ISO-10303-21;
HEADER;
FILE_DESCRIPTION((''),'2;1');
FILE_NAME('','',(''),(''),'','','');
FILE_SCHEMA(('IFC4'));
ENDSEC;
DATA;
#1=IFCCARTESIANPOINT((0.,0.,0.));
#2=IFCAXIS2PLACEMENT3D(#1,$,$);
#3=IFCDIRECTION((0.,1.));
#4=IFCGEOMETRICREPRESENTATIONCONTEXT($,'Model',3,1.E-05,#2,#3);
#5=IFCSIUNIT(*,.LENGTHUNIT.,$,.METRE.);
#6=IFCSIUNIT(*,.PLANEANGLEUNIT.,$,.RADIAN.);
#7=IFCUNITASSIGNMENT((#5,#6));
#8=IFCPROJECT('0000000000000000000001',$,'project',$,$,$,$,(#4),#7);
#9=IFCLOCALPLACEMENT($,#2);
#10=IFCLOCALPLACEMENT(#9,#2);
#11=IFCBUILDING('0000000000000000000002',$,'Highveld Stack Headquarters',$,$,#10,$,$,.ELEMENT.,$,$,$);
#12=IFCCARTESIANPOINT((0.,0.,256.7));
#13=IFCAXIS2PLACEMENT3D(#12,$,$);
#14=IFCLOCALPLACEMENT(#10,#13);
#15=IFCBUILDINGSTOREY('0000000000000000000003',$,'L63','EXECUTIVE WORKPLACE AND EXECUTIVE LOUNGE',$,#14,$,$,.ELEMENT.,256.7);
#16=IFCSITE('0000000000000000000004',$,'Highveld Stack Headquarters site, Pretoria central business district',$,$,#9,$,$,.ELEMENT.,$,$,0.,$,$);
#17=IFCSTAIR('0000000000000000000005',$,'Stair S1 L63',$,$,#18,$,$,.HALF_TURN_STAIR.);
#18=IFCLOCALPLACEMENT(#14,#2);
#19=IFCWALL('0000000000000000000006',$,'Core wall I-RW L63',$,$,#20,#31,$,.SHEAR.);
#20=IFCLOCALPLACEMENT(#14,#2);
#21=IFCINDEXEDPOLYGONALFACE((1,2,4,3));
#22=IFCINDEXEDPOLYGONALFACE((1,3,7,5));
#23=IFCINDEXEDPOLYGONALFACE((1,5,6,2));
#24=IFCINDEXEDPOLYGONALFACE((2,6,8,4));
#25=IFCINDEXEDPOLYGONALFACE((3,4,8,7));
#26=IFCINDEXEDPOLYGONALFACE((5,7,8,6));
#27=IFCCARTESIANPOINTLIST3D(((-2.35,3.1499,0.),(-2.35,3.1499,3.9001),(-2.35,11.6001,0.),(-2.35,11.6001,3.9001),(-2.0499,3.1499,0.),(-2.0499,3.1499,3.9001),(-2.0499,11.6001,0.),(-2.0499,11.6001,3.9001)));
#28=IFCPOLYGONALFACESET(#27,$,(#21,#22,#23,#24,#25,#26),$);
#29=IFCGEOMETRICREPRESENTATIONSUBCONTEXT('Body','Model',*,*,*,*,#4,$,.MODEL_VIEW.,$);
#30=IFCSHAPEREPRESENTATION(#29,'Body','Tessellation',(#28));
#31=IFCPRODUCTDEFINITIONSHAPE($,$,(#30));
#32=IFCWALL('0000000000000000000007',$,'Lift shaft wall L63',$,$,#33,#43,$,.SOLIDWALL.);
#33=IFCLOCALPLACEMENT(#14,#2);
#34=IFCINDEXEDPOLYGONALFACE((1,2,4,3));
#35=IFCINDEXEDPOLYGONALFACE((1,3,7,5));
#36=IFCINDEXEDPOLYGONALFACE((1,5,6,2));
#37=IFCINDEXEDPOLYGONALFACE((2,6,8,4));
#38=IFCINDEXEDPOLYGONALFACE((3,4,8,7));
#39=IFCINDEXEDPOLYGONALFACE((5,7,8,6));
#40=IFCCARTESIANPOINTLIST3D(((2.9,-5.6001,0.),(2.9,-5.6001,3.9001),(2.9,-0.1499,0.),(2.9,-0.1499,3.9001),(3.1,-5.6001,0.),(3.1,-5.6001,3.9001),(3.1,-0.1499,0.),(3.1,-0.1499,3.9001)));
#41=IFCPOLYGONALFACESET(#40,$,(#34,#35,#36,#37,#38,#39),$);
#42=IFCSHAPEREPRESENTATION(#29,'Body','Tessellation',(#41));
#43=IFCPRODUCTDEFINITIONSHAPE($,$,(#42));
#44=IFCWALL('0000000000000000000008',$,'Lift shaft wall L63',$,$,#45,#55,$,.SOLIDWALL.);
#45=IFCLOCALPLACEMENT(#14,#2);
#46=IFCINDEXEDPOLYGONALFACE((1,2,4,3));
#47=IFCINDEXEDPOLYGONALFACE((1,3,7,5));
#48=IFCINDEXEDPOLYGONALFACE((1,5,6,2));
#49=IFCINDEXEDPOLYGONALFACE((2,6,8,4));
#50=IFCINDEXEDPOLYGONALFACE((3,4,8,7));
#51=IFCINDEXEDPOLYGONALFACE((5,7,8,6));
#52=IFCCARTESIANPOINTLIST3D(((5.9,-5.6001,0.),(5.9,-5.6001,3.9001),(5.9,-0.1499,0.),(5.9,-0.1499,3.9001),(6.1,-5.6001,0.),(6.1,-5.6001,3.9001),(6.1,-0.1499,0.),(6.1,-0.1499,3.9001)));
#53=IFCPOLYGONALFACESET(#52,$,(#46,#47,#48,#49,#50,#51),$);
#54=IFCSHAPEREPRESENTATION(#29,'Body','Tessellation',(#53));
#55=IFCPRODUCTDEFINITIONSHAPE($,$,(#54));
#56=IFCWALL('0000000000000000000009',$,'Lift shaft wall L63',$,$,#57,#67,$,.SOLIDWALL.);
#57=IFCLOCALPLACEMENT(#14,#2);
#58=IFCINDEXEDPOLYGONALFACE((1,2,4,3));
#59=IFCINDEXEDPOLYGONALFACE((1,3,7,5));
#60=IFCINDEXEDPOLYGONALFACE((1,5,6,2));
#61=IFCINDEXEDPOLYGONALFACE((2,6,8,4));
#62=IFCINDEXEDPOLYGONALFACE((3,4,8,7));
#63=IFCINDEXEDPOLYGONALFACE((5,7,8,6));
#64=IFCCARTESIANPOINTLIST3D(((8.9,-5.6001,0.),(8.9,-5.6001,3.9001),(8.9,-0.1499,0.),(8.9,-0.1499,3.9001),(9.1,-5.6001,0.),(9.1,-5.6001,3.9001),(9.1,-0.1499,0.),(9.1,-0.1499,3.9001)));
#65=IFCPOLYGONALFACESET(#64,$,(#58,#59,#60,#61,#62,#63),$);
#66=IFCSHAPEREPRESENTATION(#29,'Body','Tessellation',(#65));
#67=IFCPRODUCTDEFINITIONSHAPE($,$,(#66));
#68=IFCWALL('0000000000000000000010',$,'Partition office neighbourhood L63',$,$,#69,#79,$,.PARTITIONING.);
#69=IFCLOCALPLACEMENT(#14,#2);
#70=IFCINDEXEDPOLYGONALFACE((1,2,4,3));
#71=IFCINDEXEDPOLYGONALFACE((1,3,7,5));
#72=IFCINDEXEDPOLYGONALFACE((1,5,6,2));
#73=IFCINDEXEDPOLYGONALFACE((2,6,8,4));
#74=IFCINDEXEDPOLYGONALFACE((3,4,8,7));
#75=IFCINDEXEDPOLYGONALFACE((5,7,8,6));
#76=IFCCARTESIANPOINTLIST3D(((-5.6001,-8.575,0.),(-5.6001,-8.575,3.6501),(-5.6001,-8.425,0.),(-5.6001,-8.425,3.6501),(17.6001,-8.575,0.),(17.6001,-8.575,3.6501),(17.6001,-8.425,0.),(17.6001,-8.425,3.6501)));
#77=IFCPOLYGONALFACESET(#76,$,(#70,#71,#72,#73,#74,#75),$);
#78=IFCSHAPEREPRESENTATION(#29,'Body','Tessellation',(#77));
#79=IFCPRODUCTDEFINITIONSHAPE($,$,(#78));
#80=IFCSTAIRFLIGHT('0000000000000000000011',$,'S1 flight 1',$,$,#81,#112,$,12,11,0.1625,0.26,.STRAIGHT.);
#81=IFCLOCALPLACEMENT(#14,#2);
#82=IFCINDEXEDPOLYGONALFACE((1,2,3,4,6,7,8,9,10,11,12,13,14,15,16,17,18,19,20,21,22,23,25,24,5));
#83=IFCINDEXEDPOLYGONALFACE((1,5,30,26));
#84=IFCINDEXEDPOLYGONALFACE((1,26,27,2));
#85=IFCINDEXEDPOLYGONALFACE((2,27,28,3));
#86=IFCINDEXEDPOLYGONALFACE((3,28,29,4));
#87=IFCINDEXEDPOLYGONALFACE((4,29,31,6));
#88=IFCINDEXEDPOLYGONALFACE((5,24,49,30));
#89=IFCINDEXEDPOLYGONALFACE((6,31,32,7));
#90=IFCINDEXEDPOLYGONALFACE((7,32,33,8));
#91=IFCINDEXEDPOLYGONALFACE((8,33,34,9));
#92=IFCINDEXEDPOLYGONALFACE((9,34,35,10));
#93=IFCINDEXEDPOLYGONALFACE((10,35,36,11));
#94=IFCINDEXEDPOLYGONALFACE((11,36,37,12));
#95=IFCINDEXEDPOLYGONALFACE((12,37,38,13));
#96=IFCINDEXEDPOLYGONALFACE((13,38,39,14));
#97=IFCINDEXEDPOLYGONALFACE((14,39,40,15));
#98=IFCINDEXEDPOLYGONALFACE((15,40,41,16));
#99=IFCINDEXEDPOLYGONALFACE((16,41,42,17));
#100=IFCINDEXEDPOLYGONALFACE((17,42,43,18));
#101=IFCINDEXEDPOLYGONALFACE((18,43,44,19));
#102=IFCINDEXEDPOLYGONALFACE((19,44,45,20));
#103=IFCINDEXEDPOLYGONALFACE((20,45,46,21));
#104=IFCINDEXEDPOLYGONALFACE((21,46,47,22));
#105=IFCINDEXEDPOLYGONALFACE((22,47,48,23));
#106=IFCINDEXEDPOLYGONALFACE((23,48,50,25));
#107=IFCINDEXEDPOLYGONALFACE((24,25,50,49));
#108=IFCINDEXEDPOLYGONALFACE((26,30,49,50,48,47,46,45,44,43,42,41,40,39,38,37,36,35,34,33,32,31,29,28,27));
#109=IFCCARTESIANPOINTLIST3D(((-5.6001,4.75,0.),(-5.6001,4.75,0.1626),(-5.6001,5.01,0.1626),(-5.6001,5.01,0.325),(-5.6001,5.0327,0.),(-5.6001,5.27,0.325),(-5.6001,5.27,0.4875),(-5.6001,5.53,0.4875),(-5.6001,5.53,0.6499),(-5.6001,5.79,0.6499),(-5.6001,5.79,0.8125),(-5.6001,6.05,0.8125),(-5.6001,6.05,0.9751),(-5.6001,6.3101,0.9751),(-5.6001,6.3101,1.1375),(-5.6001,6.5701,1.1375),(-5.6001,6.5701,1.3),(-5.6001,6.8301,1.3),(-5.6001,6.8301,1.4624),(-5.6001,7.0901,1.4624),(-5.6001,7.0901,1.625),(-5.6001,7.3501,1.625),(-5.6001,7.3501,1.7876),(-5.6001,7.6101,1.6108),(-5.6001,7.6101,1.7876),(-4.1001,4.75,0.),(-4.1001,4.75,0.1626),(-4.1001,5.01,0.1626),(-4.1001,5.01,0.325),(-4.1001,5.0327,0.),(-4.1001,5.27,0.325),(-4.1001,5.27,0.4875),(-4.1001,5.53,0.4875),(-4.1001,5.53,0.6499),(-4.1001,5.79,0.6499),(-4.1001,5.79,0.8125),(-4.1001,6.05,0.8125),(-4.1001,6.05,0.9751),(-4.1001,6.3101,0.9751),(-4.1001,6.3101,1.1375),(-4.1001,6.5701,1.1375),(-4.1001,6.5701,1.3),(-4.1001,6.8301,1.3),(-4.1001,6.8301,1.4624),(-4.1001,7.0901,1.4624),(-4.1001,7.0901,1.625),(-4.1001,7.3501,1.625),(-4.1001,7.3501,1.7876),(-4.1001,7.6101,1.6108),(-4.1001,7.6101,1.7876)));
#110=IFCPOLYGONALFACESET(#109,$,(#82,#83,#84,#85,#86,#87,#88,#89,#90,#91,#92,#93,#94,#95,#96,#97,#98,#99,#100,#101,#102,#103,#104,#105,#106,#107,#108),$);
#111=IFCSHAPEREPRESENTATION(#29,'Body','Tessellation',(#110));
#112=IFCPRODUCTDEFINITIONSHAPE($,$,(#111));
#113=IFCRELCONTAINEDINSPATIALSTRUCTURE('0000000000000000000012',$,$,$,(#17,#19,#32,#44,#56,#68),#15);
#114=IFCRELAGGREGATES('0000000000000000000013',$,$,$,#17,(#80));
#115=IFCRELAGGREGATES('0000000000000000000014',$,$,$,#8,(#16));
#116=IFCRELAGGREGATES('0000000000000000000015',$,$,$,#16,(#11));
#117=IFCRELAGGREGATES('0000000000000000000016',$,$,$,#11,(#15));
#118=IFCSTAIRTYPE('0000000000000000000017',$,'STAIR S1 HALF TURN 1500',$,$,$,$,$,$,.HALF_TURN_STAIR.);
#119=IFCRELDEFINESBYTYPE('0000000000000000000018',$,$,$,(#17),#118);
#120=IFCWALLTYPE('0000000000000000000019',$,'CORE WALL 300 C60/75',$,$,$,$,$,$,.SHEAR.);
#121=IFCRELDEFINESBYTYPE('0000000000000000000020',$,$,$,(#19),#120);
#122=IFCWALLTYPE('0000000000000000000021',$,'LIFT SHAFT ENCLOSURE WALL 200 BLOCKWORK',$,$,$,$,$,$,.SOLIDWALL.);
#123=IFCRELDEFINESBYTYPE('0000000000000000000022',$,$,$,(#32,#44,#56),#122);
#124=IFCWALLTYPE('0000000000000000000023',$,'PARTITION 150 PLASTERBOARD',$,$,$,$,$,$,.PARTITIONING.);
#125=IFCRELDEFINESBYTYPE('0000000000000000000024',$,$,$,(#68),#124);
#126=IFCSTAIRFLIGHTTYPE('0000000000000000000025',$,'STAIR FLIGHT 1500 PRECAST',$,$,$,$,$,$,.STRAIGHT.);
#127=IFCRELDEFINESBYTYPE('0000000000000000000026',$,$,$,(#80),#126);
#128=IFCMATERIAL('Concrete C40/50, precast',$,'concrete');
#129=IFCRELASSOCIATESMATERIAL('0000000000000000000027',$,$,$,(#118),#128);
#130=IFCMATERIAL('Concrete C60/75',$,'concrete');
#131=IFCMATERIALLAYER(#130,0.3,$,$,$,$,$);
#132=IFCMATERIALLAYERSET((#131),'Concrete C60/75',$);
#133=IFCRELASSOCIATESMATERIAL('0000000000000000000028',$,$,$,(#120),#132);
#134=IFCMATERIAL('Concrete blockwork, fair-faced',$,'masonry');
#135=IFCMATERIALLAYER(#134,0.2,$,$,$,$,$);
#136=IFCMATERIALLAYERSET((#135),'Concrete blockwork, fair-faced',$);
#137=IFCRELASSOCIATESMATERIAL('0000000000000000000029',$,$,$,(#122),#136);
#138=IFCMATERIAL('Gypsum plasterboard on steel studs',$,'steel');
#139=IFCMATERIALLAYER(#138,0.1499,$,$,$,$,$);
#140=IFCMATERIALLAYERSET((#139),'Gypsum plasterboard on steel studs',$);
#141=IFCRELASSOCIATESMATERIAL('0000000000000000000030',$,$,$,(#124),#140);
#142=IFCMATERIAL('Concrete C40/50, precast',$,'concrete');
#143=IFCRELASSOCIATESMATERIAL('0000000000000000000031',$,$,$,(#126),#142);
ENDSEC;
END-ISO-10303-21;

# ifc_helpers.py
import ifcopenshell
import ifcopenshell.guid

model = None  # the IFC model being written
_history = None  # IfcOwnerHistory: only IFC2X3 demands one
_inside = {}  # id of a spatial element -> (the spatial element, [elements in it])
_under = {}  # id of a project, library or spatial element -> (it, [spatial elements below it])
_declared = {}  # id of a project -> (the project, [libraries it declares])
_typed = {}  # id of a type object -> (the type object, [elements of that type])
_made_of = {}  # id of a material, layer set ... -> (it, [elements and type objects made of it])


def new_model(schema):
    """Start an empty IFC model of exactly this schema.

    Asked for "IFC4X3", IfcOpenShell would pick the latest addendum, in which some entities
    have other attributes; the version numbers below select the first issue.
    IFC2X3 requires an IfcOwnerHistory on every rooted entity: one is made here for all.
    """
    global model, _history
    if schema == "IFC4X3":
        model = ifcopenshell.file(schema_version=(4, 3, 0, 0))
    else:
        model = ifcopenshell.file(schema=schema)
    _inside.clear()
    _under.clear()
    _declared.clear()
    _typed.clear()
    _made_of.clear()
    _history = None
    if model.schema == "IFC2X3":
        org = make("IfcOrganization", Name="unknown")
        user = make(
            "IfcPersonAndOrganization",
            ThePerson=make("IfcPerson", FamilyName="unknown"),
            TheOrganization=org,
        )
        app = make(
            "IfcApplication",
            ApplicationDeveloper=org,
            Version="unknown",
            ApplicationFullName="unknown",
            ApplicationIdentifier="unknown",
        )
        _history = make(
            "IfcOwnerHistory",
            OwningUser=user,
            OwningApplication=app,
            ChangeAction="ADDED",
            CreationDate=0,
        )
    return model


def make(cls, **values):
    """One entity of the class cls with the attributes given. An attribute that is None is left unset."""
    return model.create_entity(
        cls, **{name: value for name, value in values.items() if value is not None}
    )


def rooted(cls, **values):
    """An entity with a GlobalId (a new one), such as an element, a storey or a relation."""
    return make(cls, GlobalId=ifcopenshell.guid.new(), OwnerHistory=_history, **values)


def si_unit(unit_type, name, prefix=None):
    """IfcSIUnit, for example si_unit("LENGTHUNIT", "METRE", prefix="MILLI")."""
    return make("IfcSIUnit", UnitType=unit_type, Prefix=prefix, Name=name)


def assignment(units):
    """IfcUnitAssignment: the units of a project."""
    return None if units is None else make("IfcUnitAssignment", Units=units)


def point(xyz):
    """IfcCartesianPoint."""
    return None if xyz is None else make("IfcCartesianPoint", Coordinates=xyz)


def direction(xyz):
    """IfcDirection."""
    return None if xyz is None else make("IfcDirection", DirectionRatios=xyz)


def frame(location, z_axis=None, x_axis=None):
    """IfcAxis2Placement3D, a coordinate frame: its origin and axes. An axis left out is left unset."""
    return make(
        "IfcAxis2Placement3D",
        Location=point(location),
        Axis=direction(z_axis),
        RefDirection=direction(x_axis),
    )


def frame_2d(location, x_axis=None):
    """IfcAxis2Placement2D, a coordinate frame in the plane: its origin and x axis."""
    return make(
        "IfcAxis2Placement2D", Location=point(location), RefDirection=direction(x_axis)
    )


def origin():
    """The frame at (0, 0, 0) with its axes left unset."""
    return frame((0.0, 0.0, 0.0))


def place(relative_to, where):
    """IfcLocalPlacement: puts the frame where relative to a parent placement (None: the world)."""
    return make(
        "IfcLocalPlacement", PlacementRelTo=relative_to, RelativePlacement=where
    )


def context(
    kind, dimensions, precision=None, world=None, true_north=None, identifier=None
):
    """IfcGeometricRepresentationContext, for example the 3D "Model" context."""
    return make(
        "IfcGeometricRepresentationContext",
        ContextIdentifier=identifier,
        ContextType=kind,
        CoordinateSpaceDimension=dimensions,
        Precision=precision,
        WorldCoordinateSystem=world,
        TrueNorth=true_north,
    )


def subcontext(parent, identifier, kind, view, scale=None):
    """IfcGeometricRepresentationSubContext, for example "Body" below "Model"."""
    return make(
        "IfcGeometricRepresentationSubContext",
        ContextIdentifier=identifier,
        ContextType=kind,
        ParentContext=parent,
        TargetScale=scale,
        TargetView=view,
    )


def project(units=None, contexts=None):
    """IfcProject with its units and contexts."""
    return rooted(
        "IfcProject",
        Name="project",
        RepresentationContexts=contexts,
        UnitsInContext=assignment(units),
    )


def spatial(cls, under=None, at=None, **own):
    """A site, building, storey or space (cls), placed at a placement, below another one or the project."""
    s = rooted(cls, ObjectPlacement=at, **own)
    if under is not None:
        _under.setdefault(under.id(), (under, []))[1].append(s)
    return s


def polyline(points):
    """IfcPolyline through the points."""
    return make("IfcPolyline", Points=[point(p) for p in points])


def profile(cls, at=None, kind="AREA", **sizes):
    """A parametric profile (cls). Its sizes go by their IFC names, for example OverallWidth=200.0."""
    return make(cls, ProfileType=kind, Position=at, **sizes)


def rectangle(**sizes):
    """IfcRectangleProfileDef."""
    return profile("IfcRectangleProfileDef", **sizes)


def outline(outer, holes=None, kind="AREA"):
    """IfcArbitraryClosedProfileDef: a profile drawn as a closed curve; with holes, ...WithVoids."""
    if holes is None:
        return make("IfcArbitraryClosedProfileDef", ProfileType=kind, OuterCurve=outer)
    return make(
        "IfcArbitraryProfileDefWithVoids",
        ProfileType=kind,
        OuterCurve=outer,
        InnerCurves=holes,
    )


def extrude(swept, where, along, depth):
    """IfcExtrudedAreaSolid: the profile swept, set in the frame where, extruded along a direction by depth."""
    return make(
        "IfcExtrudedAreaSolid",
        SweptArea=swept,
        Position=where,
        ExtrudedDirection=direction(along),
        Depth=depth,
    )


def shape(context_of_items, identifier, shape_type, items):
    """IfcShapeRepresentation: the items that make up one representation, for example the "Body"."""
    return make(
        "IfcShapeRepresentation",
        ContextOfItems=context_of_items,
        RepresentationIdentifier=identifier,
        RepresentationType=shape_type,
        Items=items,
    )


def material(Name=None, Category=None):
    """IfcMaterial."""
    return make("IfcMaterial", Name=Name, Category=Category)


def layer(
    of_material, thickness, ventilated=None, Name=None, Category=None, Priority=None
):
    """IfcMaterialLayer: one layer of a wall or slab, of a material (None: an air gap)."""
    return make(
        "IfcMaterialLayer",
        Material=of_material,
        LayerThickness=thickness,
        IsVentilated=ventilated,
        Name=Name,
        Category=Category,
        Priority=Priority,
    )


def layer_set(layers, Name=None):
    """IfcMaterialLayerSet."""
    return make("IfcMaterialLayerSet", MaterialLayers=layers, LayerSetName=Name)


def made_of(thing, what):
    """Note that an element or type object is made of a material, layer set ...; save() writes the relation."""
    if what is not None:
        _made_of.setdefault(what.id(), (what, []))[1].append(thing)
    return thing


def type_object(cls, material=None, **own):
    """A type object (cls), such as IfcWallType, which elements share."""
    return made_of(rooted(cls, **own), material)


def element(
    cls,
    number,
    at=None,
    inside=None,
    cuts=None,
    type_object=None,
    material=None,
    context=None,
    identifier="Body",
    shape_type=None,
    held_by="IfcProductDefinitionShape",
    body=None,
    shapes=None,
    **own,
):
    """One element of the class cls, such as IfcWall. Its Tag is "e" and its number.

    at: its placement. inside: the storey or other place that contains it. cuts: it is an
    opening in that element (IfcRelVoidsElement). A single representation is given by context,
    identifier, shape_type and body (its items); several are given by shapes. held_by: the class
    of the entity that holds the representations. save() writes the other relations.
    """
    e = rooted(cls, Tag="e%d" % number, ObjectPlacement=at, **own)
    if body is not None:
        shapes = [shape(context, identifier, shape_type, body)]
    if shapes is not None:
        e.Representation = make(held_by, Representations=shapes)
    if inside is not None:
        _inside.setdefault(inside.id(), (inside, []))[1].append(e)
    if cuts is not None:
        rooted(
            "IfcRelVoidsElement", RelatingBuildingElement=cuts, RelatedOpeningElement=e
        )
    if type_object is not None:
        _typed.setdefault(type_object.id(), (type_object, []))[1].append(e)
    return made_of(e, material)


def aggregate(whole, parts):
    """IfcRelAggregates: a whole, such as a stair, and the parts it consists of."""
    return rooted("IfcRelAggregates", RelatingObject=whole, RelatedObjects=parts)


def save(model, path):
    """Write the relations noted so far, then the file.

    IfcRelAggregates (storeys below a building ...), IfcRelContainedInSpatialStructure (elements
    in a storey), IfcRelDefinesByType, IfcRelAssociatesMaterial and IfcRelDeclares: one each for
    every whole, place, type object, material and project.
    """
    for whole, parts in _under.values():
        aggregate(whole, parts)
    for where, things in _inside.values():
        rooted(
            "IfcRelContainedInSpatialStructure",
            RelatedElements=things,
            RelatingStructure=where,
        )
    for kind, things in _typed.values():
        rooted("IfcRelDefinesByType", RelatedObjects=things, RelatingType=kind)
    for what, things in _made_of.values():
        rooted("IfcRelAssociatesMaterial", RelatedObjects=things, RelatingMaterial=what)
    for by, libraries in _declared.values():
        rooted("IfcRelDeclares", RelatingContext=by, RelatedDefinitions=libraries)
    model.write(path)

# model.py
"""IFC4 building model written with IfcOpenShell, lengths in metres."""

from ifc_helpers import new_model, si_unit, direction, frame, frame_2d, origin, place, context, subcontext, project, spatial, polyline, rectangle, outline, extrude, material, layer, layer_set, type_object, element, aggregate, save


model = new_model("IFC4")

# Units and contexts
model_context = context("Model", 3, precision=1e-05, world=origin(), true_north=direction((0.0, 1.0)))
body_context = subcontext(model_context, "Body", "Model", "MODEL_VIEW")
ifc_project = project(units=[si_unit("LENGTHUNIT", "METRE"), si_unit("PLANEANGLEUNIT", "RADIAN")], contexts=[model_context])

# Site, building, storey
site_placement = place(None, origin())
site = spatial("IfcSite", under=ifc_project, at=site_placement, Name="Highveld Stack Headquarters site, Pretoria central business district", CompositionType="ELEMENT", RefElevation=0.0)
building_placement = place(site_placement, origin())
building = spatial("IfcBuilding", under=site, at=building_placement, Name="Highveld Stack Headquarters", CompositionType="ELEMENT")
storey_placement = place(building_placement, frame((0.0, 0.0, 256.7)))
storey = spatial("IfcBuildingStorey", under=building, at=storey_placement, Name="L63", Description="EXECUTIVE WORKPLACE AND EXECUTIVE LOUNGE", CompositionType="ELEMENT", Elevation=256.7)

# Stair
ifc_material_1 = material(Name="Concrete C40/50, precast", Category="concrete")
stair_type_1 = type_object("IfcStairType", Name="STAIR S1 HALF TURN 1500", PredefinedType="HALF_TURN_STAIR", material=ifc_material_1)
stair_1_placement = place(storey_placement, origin())
stair_1 = element("IfcStair", 1, at=stair_1_placement, inside=storey, type_object=stair_type_1, Name="Stair S1 L63", PredefinedType="HALF_TURN_STAIR")

# Shared definitions
ifc_material_2 = material(Name="Concrete C60/75", Category="concrete")
ifc_layer_1 = layer(ifc_material_2, 0.3)
ifc_layer_set_1 = layer_set([ifc_layer_1], Name="Concrete C60/75")
wall_type_1 = type_object("IfcWallType", Name="CORE WALL 300 C60/75", PredefinedType="SHEAR", material=ifc_layer_set_1)

# Walls
for number, where, z_axis, x_axis, name in (
    (2, (-2.2, 3.1499, 0.0), (0.0, 0.0, 1.0), (0.0, 1.0, 0.0), "Core wall I-RW L63"),
):
    element("IfcWall", number, at=place(storey_placement, frame(where, z_axis=z_axis, x_axis=x_axis)), inside=storey, type_object=wall_type_1, Name=name, PredefinedType="SHEAR", context=body_context, shape_type="SweptSolid", body=[
        extrude(rectangle(XDim=8.4502, YDim=0.3, at=frame_2d((4.2251, 0.0))), origin(), (0.0, 0.0, 1.0), 3.9001),
    ])
ifc_material_3 = material(Name="Concrete blockwork, fair-faced", Category="masonry")
ifc_layer_2 = layer(ifc_material_3, 0.2)
ifc_layer_set_2 = layer_set([ifc_layer_2], Name="Concrete blockwork, fair-faced")
wall_type_2 = type_object("IfcWallType", Name="LIFT SHAFT ENCLOSURE WALL 200 BLOCKWORK", PredefinedType="SOLIDWALL", material=ifc_layer_set_2)
for number, where, z_axis, x_axis, name in (
    (3, (3.0, -5.6001, 0.0), (0.0, 0.0, 1.0), (0.0, 1.0, 0.0), "Lift shaft wall L63"),
    (4, (6.0, -5.6001, 0.0), (0.0, 0.0, 1.0), (0.0, 1.0, 0.0), "Lift shaft wall L63"),
    (5, (9.0, -5.6001, 0.0), (0.0, 0.0, 1.0), (0.0, 1.0, 0.0), "Lift shaft wall L63"),
):
    element("IfcWall", number, at=place(storey_placement, frame(where, z_axis=z_axis, x_axis=x_axis)), inside=storey, type_object=wall_type_2, Name=name, PredefinedType="SOLIDWALL", context=body_context, shape_type="SweptSolid", body=[
        extrude(rectangle(XDim=5.4502, YDim=0.2, at=frame_2d((2.7251, 0.0))), origin(), (0.0, 0.0, 1.0), 3.9001),
    ])
ifc_material_4 = material(Name="Gypsum plasterboard on steel studs", Category="steel")
ifc_layer_3 = layer(ifc_material_4, 0.1499)
ifc_layer_set_3 = layer_set([ifc_layer_3], Name="Gypsum plasterboard on steel studs")
wall_type_3 = type_object("IfcWallType", Name="PARTITION 150 PLASTERBOARD", PredefinedType="PARTITIONING", material=ifc_layer_set_3)
wall_1_placement = place(storey_placement, frame((-5.6001, -8.5, 0.0), z_axis=(0.0, 0.0, 1.0), x_axis=(1.0, 0.0, 0.0)))
element("IfcWall", 6, at=wall_1_placement, inside=storey, type_object=wall_type_3, Name="Partition office neighbourhood L63", PredefinedType="PARTITIONING", context=body_context, shape_type="SweptSolid", body=[
    extrude(rectangle(XDim=23.2002, YDim=0.1499, at=frame_2d((11.6001, 0.0))), origin(), (0.0, 0.0, 1.0), 3.6501),
])

# Stair flight
ifc_material_5 = material(Name="Concrete C40/50, precast", Category="concrete")
stair_flight_type = type_object("IfcStairFlightType", Name="STAIR FLIGHT 1500 PRECAST", PredefinedType="STRAIGHT", material=ifc_material_5)
stair_flight_placement = place(storey_placement, frame((-4.8501, 4.75, 0.0), z_axis=(0.0, 0.0, 1.0), x_axis=(0.0, 1.0, 0.0)))
stair_flight = element("IfcStairFlight", 7, at=stair_flight_placement, type_object=stair_flight_type, Name="S1 flight 1", NumberOfRisers=12, NumberOfTreads=11, PredefinedType="STRAIGHT", RiserHeight=0.1625, TreadLength=0.26, context=body_context, shape_type="SweptSolid", body=[
    extrude(outline(polyline([(0.0, 0.0), (0.0, 0.1626), (0.26, 0.1626), (0.26, 0.325), (0.52, 0.325), (0.52, 0.4875), (0.78, 0.4875), (0.78, 0.6499), (1.04, 0.6499), (1.04, 0.8125), (1.3, 0.8125), (1.3, 0.9751), (1.5601, 0.9751), (1.5601, 1.1375), (1.8201, 1.1375), (1.8201, 1.3), (2.0801, 1.3), (2.0801, 1.4624), (2.3401, 1.4624), (2.3401, 1.625), (2.6001, 1.625), (2.6001, 1.7876), (2.8601, 1.7876), (2.8601, 1.95), (2.8601, 1.6108), (0.2827, 0.0), (0.0, 0.0)])), frame((0.0, 0.75, 0.0), z_axis=(0.0, -1.0, 0.0), x_axis=(1.0, 0.0, 0.0)), (0.0, 0.0, 1.0), 1.5),
])
aggregate(stair_1, [stair_flight])

save(model, "model.ifc")
